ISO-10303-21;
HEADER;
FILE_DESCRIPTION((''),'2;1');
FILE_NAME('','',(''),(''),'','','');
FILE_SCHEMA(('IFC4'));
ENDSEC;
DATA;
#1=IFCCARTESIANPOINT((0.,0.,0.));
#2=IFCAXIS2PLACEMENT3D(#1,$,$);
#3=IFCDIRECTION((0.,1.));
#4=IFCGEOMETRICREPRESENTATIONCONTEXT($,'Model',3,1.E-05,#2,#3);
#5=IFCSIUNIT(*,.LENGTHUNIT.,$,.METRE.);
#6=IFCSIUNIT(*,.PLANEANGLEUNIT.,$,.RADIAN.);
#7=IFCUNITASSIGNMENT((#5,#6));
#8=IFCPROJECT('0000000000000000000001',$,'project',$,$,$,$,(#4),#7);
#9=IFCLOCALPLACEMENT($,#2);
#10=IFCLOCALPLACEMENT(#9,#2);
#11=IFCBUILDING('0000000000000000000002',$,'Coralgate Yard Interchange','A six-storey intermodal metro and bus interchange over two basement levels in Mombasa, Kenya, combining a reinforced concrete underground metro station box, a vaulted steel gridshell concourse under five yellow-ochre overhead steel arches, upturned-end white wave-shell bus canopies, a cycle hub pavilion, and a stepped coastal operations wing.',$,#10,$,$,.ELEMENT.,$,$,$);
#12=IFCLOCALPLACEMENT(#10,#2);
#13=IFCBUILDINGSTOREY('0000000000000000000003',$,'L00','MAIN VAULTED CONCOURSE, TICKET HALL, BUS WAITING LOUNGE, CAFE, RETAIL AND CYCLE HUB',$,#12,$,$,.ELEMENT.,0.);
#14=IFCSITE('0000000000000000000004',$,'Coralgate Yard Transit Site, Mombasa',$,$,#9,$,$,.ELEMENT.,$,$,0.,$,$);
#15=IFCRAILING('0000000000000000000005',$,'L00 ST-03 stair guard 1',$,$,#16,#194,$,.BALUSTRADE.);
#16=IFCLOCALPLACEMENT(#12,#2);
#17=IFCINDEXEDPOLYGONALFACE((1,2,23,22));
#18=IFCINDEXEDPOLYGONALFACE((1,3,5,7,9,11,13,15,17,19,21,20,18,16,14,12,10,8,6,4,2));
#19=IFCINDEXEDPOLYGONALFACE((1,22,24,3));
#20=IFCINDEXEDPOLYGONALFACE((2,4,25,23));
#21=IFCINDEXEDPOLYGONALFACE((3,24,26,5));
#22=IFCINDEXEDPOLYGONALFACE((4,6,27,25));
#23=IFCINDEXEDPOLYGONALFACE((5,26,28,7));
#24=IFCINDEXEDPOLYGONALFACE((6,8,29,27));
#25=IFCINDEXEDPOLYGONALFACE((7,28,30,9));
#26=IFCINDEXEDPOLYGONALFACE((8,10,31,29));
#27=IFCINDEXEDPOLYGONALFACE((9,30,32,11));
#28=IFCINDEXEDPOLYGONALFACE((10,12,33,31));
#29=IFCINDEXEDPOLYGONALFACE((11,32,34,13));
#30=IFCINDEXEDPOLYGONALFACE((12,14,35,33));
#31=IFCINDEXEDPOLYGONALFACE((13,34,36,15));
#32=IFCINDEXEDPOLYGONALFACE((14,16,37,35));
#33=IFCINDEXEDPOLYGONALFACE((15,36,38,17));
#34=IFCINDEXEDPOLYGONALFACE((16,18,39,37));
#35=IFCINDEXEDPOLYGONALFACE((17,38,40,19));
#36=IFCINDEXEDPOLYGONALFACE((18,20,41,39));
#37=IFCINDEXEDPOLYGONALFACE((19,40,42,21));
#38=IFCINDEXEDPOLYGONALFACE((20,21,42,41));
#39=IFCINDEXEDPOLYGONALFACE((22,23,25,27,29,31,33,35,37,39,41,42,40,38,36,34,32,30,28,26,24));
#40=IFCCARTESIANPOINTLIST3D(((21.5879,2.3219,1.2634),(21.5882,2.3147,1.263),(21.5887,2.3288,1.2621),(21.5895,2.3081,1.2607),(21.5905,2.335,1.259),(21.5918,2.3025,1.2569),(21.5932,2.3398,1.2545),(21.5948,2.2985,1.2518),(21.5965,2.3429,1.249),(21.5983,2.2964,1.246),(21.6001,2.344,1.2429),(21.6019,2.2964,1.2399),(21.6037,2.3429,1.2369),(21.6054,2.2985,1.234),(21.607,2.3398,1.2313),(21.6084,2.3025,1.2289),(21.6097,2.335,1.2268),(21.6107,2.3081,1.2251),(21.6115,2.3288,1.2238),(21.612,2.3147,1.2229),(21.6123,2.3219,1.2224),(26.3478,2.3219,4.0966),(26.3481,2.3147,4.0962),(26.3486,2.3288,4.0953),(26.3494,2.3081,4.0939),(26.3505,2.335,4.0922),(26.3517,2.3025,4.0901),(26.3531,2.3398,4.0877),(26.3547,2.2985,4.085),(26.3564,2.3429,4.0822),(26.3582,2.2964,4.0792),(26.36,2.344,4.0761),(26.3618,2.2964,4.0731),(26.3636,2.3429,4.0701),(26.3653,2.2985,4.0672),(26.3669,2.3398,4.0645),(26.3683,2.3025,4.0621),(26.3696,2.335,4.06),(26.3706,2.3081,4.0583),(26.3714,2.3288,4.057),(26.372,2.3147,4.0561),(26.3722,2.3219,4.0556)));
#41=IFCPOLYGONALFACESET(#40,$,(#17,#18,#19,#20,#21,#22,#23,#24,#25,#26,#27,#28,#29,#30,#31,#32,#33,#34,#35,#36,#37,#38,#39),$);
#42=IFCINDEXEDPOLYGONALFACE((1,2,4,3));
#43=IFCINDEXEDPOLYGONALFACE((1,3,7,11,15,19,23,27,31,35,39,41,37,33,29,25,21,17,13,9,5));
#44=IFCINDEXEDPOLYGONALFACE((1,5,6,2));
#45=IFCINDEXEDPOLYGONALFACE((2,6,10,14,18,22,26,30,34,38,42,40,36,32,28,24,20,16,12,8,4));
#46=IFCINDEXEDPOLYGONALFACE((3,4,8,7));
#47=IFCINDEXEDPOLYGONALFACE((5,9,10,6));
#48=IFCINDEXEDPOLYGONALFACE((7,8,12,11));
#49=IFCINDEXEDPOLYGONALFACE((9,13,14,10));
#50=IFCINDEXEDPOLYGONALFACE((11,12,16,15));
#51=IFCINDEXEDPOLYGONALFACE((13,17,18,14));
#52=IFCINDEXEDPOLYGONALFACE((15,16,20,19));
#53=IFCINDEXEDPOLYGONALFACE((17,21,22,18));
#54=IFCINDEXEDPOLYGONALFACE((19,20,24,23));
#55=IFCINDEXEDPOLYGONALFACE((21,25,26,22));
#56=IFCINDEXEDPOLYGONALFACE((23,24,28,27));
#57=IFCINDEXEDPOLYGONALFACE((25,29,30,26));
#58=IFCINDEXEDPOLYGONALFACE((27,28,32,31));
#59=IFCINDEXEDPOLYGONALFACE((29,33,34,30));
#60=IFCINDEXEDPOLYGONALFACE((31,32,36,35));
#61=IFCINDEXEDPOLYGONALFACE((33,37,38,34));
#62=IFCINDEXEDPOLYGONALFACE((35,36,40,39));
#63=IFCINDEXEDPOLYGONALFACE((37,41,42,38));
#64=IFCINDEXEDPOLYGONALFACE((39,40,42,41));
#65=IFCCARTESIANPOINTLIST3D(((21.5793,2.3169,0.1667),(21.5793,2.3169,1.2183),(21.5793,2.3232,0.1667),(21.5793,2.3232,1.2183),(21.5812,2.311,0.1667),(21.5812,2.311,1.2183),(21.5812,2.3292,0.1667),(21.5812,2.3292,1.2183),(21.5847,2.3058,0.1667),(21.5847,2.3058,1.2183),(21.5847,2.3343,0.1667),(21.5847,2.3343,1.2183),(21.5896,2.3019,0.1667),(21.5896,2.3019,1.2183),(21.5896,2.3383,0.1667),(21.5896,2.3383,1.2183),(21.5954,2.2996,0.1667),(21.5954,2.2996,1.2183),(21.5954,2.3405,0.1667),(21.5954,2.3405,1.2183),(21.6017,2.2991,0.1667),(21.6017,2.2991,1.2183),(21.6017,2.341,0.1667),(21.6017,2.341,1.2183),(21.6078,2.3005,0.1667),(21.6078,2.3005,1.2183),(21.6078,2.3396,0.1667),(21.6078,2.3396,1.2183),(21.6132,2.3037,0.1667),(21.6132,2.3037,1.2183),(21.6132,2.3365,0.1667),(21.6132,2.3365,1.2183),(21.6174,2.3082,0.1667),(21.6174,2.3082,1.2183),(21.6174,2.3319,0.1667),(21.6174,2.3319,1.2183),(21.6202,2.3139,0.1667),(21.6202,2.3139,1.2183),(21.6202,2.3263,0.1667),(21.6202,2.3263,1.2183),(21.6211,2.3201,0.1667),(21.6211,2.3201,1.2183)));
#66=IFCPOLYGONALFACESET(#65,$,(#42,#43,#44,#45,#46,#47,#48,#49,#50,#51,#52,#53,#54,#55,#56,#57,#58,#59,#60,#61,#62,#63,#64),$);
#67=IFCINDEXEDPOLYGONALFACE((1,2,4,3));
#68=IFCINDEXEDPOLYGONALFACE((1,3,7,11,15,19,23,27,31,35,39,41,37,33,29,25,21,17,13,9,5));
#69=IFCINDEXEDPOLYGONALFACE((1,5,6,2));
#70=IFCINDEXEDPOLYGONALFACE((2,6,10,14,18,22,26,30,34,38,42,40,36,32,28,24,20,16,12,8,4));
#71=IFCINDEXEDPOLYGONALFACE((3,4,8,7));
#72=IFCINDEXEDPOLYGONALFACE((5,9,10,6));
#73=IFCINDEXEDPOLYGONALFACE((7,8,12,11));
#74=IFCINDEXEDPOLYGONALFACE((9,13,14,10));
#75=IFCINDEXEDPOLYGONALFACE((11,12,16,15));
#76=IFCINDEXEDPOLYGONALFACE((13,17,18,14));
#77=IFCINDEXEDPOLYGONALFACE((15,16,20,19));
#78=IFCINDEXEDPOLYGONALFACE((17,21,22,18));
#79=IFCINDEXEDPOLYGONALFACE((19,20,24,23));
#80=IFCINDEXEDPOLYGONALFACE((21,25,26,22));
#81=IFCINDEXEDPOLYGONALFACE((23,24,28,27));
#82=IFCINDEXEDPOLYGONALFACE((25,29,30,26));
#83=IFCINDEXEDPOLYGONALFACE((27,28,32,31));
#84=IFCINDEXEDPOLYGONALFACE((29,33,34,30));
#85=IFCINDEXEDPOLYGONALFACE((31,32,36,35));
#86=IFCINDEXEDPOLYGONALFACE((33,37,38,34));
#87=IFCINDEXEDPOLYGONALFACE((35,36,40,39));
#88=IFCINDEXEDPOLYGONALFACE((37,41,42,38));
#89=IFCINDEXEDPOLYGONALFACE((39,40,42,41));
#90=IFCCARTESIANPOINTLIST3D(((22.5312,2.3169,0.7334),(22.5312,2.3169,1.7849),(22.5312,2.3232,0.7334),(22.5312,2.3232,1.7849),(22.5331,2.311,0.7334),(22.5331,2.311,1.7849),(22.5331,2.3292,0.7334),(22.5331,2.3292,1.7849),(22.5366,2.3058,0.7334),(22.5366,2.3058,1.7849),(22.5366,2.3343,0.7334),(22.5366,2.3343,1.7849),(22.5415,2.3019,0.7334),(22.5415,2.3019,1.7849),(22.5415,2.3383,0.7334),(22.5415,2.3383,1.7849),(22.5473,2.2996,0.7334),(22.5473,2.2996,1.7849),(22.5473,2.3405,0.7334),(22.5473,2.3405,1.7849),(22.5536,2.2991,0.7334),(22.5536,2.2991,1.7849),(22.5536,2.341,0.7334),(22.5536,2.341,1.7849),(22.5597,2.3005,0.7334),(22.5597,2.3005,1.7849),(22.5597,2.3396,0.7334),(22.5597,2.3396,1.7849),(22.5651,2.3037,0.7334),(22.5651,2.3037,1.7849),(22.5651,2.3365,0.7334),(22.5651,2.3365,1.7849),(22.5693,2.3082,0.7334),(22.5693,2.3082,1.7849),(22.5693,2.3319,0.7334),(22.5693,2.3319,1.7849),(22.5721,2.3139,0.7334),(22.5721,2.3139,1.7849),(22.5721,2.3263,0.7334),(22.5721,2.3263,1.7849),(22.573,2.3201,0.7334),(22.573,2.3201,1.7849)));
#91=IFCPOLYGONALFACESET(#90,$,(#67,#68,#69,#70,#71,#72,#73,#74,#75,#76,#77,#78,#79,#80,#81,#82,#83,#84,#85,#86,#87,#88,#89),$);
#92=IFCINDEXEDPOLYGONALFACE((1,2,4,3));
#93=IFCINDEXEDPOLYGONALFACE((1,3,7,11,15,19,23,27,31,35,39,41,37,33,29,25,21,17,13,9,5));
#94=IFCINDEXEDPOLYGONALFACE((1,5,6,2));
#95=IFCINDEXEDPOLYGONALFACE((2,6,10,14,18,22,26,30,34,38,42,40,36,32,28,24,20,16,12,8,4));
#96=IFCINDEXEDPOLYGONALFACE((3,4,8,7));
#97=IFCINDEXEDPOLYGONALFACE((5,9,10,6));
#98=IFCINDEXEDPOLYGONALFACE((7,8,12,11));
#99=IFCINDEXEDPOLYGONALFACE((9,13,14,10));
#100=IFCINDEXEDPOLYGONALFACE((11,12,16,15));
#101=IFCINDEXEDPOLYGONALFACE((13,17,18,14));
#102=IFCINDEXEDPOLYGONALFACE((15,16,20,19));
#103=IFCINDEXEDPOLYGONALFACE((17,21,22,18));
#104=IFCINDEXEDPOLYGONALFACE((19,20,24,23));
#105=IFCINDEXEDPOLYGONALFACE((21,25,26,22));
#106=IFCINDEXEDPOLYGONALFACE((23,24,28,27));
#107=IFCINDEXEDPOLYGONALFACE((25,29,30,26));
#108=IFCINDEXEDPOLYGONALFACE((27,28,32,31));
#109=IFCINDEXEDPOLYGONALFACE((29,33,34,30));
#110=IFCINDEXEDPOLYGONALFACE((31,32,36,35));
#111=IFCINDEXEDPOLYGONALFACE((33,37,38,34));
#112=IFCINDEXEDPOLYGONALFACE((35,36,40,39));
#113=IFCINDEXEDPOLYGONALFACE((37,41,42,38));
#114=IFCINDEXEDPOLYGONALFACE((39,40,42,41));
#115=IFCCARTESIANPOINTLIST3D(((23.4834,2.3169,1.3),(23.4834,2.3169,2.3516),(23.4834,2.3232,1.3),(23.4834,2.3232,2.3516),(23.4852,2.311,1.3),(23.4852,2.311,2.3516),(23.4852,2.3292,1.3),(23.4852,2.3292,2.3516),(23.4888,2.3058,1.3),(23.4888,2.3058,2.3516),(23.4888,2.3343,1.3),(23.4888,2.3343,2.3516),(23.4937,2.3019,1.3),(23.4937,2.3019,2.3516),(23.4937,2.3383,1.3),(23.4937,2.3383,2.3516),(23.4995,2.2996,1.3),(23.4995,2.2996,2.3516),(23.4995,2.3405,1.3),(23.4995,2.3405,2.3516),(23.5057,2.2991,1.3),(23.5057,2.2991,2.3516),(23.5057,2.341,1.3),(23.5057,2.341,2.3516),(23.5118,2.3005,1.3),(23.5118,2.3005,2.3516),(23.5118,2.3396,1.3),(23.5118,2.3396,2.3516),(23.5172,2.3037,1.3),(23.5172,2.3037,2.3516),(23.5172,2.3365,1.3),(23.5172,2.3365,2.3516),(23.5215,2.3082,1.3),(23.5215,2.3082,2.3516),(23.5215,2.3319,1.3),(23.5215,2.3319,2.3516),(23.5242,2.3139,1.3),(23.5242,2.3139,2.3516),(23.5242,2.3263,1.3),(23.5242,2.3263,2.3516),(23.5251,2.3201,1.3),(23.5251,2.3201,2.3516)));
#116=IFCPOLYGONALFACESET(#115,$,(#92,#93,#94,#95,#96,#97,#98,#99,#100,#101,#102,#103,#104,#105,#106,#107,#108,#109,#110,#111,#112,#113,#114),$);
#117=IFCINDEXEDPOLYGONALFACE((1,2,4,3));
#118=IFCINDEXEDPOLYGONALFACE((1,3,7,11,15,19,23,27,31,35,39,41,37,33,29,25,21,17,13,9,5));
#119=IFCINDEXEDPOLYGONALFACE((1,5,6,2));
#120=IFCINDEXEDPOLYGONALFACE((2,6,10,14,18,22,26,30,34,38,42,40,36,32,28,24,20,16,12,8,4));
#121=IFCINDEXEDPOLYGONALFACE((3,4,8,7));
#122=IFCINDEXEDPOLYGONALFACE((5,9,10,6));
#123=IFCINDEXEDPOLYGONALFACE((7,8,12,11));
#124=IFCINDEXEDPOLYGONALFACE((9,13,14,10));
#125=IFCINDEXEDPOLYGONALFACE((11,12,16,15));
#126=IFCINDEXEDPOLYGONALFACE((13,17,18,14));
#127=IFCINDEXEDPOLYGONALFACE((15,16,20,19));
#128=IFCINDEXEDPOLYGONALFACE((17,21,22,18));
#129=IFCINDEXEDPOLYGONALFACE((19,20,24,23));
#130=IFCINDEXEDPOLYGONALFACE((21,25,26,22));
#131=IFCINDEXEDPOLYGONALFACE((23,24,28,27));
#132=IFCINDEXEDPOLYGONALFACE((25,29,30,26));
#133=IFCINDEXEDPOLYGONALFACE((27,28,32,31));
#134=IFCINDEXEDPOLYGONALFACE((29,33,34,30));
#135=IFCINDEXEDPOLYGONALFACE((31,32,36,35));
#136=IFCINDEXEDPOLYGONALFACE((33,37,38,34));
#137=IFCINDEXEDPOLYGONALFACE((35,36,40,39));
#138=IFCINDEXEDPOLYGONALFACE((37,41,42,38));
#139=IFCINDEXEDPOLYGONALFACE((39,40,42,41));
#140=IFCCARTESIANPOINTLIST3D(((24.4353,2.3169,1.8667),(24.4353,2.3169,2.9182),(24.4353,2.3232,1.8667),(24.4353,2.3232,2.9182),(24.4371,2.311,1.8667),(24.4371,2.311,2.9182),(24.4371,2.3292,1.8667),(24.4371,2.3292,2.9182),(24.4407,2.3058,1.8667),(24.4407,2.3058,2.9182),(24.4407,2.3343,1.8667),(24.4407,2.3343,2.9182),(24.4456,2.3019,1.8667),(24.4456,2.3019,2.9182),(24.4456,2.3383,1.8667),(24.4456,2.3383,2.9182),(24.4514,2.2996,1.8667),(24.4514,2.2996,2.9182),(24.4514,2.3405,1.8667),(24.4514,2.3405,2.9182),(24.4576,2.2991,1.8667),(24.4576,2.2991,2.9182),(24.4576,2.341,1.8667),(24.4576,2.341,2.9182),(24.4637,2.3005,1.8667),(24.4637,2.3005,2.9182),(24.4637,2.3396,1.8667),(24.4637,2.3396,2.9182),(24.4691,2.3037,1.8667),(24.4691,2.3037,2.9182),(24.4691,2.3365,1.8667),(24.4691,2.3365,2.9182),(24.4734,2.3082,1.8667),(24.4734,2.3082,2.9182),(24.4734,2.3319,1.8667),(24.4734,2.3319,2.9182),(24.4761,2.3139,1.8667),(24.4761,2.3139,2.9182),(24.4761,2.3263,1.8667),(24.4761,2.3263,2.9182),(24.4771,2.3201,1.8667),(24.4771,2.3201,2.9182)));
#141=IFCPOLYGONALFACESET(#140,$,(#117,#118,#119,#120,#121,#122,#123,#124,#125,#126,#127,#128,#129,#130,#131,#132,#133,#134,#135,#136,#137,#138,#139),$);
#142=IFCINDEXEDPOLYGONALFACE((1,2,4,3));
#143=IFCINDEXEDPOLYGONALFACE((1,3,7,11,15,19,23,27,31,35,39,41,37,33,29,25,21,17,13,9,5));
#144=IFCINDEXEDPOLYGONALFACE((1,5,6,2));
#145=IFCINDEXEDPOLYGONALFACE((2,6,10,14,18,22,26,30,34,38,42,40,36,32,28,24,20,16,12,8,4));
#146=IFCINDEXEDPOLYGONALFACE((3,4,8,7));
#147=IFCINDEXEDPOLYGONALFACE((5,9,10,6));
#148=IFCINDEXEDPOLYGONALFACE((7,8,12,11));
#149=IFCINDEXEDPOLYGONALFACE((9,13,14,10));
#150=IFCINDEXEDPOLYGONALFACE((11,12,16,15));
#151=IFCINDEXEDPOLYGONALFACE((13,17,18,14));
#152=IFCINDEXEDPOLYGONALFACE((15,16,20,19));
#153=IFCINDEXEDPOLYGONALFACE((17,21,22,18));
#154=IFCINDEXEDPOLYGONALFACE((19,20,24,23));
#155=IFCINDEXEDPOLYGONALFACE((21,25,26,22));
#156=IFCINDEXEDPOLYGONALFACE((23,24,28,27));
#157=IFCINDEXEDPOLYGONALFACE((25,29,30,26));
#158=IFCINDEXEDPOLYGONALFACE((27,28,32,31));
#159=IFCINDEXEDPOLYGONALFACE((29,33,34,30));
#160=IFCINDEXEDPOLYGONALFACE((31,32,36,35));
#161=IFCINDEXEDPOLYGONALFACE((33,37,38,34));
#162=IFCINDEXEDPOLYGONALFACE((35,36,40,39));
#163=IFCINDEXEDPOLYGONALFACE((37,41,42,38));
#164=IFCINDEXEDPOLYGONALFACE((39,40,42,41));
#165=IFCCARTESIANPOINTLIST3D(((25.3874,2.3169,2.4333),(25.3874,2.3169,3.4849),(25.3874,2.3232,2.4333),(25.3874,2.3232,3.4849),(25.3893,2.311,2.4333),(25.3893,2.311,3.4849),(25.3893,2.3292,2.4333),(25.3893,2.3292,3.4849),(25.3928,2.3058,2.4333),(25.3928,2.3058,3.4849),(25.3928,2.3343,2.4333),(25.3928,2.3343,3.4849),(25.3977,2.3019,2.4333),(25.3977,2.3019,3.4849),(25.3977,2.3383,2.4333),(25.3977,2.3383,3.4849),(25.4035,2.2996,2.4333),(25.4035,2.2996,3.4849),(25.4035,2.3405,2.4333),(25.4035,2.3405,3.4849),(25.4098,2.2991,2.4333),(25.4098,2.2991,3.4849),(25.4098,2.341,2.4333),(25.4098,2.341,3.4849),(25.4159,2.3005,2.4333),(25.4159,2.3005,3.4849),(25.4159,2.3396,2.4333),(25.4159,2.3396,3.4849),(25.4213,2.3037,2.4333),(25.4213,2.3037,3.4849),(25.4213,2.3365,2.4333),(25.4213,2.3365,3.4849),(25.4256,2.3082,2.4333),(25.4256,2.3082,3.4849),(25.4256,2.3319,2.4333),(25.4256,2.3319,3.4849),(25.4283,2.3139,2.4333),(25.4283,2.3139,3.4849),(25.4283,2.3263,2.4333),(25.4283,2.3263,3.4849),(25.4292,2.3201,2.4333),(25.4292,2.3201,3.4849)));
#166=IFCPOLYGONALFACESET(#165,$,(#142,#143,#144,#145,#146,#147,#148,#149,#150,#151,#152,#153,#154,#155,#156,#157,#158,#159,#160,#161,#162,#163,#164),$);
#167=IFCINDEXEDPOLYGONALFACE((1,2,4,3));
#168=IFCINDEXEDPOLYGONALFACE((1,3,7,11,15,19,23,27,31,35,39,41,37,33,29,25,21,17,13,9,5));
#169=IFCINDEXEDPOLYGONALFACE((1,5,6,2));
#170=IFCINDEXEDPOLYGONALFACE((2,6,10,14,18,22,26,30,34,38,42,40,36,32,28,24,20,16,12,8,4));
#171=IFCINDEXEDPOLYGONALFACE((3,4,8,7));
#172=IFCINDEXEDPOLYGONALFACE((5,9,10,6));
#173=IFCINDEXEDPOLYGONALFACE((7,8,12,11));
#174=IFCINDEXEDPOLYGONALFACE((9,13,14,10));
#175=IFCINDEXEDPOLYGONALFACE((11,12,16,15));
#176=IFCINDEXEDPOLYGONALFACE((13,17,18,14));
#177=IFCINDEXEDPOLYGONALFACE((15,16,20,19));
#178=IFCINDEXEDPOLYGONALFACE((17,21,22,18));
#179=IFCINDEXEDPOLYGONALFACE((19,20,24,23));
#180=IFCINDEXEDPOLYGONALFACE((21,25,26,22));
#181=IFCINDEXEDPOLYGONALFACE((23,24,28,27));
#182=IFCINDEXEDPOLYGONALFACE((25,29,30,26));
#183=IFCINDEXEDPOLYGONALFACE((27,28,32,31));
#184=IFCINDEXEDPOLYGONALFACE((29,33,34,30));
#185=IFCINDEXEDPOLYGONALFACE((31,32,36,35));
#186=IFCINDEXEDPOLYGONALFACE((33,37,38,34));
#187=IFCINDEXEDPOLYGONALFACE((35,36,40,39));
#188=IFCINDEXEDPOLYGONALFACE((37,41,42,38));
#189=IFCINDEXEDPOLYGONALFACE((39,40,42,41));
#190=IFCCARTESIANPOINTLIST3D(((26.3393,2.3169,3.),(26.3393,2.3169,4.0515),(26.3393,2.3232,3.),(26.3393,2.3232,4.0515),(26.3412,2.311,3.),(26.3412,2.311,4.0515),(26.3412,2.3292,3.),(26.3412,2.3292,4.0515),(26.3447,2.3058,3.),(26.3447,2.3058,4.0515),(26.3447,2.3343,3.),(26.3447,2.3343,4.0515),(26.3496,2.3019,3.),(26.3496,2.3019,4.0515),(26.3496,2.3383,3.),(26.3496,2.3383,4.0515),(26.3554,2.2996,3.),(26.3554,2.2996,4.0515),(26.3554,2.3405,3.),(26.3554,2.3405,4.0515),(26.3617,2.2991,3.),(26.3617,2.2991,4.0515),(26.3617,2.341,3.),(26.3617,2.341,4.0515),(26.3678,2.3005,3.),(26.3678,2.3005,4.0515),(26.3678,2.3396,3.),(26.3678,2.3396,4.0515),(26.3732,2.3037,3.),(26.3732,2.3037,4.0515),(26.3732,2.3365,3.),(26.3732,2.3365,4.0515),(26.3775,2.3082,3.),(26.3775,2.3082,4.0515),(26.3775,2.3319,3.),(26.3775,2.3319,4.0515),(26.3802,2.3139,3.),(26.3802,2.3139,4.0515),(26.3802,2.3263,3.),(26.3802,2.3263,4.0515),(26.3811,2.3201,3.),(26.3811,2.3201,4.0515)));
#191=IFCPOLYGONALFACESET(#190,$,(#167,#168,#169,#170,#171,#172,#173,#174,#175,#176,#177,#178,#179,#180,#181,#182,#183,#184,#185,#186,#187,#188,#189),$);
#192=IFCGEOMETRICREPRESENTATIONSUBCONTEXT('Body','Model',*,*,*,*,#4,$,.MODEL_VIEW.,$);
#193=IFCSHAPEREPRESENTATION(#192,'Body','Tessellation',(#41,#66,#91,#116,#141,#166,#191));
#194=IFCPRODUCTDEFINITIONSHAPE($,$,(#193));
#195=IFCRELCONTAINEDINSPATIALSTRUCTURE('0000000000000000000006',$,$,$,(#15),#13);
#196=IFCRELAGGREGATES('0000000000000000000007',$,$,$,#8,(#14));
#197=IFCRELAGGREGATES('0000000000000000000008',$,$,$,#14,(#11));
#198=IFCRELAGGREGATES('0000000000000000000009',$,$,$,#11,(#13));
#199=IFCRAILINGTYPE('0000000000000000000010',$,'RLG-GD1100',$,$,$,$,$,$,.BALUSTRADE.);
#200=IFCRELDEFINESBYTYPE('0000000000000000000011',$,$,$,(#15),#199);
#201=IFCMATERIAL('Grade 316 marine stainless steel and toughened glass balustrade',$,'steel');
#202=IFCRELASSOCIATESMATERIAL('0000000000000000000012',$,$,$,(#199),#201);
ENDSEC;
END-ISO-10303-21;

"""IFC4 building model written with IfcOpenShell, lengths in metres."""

from ifc_helpers import new_model, si_unit, direction, frame, origin, origin_2d, place, context, subcontext, project, spatial, circle, extrude, material, type_object, element, save


model = new_model("IFC4")

# Units and contexts
model_context = context("Model", 3, precision=1e-05, world=origin(), true_north=direction((0.0, 1.0)))
body_context = subcontext(model_context, "Body", "Model", "MODEL_VIEW")
ifc_project = project(units=[si_unit("LENGTHUNIT", "METRE"), si_unit("PLANEANGLEUNIT", "RADIAN")], contexts=[model_context])

# Site, building, storey
site_placement = place(None, origin())
site = spatial("IfcSite", under=ifc_project, at=site_placement, Name="Coralgate Yard Transit Site, Mombasa", CompositionType="ELEMENT", RefElevation=0.0)
building_placement = place(site_placement, origin())
building = spatial("IfcBuilding", under=site, at=building_placement, Name="Coralgate Yard Interchange", Description="A six-storey intermodal metro and bus interchange over two basement levels in Mombasa, Kenya, combining a reinforced concrete underground metro station box, a vaulted steel gridshell concourse under five yellow-ochre overhead steel arches, upturned-end white wave-shell bus canopies, a cycle hub pavilion, and a stepped coastal operations wing.", CompositionType="ELEMENT")
storey_placement = place(building_placement, origin())
storey = spatial("IfcBuildingStorey", under=building, at=storey_placement, Name="L00", Description="MAIN VAULTED CONCOURSE, TICKET HALL, BUS WAITING LOUNGE, CAFE, RETAIL AND CYCLE HUB", CompositionType="ELEMENT", Elevation=0.0)

# Railing
ifc_material_1 = material(Name="Grade 316 marine stainless steel and toughened glass balustrade", Category="steel")
railing_type_1 = type_object("IfcRailingType", Name="RLG-GD1100", PredefinedType="BALUSTRADE", material=ifc_material_1)
railing_1_placement = place(storey_placement, frame((21.6001, 2.3201, 0.1667)))
element("IfcRailing", 1, at=railing_1_placement, inside=storey, type_object=railing_type_1, Name="L00 ST-03 stair guard 1", PredefinedType="BALUSTRADE", context=body_context, shape_type="SweptSolid", body=[
    extrude(circle(Radius=0.0239, at=origin_2d()), frame((0.0, 0.0, 1.0762), z_axis=(0.8593, 0.0, 0.511472), x_axis=(0.0, 1.0, 0.0)), (0.0, 0.0, 1.0), 5.5393),
    extrude(circle(Radius=0.021, at=origin_2d()), origin(), (0.0, 0.0, 1.0), 1.0515),
    extrude(circle(Radius=0.021, at=origin_2d()), frame((0.9519, 0.0, 0.5667)), (0.0, 0.0, 1.0), 1.0515),
    extrude(circle(Radius=0.021, at=origin_2d()), frame((1.9041, 0.0, 1.1333)), (0.0, 0.0, 1.0), 1.0515),
    extrude(circle(Radius=0.021, at=origin_2d()), frame((2.856, 0.0, 1.7)), (0.0, 0.0, 1.0), 1.0515),
    extrude(circle(Radius=0.021, at=origin_2d()), frame((3.8081, 0.0, 2.2666)), (0.0, 0.0, 1.0), 1.0515),
    extrude(circle(Radius=0.021, at=origin_2d()), frame((4.76, 0.0, 2.8333)), (0.0, 0.0, 1.0), 1.0515),
])

save(model, "model.ifc")
